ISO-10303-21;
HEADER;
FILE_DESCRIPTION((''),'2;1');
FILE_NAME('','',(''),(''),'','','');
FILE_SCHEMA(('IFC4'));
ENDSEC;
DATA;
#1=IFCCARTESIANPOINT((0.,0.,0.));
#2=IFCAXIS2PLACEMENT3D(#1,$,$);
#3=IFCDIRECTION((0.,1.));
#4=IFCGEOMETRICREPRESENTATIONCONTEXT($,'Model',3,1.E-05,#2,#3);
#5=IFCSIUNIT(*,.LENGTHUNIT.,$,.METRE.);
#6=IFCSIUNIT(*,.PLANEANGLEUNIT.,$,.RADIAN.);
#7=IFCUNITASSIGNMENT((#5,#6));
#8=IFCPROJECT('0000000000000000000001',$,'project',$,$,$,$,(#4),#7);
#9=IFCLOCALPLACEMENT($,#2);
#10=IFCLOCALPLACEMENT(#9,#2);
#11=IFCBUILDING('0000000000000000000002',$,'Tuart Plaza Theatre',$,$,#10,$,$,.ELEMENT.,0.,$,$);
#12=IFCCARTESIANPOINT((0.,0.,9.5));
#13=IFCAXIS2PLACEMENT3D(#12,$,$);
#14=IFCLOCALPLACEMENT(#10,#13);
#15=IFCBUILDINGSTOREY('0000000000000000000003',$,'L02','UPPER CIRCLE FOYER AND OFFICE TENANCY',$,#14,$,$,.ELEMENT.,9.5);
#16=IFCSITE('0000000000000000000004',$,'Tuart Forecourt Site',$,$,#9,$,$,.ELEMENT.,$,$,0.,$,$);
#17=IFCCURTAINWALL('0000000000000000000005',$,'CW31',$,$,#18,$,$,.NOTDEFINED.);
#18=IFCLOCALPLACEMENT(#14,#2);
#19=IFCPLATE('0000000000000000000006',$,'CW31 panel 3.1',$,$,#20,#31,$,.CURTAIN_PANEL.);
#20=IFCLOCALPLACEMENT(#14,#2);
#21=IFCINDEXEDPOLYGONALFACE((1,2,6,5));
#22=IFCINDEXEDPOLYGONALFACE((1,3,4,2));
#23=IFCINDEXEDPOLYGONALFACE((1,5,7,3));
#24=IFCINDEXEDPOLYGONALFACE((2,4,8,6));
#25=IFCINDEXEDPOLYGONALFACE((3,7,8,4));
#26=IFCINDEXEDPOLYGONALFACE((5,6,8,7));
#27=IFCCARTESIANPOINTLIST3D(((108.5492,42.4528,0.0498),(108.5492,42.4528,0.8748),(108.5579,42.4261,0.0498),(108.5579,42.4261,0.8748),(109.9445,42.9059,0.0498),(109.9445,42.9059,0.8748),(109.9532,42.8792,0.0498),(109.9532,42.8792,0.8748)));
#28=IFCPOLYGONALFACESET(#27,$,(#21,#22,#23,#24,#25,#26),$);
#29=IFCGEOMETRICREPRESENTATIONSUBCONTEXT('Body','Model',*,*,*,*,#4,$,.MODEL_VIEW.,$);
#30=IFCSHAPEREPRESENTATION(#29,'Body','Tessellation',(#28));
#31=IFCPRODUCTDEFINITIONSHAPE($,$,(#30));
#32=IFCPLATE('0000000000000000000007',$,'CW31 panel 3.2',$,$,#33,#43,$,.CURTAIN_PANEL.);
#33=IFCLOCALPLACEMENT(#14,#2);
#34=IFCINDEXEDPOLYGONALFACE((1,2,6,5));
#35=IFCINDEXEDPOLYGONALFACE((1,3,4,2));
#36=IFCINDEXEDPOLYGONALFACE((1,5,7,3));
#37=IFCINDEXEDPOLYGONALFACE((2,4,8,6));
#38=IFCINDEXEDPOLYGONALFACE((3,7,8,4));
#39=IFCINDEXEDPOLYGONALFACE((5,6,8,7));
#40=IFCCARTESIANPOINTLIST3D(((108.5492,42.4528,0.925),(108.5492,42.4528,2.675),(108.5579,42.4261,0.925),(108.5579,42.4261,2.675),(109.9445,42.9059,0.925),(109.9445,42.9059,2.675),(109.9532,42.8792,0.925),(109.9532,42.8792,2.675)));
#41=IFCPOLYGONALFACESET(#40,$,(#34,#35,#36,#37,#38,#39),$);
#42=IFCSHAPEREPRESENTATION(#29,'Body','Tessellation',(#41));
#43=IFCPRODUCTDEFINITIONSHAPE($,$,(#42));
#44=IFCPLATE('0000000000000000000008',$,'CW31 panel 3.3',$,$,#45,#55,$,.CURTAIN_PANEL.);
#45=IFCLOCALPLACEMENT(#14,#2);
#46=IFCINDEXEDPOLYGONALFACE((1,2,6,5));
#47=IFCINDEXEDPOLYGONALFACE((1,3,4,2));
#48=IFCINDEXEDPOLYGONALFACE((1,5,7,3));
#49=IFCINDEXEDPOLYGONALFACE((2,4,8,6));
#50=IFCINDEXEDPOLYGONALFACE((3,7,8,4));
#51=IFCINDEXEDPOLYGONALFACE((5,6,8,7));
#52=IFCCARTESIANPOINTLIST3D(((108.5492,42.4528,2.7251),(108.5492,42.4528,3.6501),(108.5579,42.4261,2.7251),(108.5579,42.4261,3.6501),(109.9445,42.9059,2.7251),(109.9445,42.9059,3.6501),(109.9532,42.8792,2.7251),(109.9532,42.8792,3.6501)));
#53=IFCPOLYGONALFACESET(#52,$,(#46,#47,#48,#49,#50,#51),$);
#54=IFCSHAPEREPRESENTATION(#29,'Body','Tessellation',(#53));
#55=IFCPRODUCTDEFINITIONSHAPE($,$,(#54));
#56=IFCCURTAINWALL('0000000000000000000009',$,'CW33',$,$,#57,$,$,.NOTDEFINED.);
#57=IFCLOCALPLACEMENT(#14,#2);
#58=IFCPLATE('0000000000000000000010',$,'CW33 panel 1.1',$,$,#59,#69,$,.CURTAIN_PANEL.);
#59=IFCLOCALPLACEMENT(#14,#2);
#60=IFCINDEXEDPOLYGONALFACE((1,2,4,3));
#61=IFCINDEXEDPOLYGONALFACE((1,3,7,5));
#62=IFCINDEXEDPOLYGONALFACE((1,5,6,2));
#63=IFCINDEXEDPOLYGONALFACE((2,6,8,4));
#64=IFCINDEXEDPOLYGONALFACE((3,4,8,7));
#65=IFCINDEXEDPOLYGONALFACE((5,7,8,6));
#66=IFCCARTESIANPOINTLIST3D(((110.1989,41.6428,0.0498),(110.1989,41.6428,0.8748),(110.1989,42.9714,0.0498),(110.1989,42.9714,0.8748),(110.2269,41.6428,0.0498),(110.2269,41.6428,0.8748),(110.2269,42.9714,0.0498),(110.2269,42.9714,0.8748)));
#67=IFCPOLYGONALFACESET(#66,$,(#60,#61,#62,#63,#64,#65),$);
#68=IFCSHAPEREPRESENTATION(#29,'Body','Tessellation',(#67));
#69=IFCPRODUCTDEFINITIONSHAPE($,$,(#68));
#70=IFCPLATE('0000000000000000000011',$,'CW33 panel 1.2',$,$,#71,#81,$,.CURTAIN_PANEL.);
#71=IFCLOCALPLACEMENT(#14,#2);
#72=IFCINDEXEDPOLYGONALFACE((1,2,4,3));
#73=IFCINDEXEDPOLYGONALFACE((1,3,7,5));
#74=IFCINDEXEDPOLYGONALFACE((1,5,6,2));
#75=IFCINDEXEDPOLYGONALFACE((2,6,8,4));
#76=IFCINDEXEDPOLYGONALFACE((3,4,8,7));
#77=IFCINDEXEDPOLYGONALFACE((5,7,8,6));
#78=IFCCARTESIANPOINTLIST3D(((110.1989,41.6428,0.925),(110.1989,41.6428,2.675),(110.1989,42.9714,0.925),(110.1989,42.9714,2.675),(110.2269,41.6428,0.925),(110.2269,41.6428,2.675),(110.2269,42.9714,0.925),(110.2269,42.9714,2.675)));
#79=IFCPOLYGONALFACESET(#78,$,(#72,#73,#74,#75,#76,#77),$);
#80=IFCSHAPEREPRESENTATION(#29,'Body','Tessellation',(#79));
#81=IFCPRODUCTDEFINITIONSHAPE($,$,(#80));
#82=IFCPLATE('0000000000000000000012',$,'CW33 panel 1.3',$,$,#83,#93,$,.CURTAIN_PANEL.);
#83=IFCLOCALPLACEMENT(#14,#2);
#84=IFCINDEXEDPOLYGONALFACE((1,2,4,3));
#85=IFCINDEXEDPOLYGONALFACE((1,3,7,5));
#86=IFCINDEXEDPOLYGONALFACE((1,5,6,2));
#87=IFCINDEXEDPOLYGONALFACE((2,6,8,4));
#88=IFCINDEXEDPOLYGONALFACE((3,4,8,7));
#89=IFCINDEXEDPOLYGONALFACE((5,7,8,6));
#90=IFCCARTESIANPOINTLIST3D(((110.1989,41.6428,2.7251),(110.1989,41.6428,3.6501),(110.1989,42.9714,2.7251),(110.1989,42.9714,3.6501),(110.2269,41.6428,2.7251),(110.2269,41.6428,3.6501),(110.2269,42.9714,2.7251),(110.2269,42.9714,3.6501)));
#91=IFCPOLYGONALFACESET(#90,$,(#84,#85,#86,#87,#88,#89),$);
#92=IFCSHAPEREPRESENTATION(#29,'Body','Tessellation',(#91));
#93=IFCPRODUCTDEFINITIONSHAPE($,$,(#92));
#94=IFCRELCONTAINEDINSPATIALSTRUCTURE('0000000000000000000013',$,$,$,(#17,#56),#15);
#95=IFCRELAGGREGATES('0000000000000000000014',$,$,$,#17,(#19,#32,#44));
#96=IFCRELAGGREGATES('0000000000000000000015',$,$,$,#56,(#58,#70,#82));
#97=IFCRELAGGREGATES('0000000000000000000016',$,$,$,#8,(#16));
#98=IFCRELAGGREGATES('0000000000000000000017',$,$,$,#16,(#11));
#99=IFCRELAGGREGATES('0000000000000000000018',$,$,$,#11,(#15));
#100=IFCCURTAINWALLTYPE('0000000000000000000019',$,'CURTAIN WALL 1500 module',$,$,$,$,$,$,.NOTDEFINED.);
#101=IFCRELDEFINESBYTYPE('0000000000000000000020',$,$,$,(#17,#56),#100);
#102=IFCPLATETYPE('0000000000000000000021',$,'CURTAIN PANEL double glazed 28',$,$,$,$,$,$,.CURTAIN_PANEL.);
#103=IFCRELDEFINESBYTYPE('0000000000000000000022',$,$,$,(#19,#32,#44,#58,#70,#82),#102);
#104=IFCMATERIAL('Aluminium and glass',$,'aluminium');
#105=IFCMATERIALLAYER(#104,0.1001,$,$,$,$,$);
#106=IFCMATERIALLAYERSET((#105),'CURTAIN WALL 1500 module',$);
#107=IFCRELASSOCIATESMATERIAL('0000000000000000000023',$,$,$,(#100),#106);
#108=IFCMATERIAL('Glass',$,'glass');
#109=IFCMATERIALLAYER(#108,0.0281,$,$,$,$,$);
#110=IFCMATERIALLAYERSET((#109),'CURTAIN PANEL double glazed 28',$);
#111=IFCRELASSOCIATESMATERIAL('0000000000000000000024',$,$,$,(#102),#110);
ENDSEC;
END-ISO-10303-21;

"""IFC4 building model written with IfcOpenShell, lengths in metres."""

from ifc_helpers import new_model, si_unit, direction, frame, origin, origin_2d, place, context, subcontext, project, spatial, rectangle, extrude, material, layer, layer_set, type_object, element, aggregate, save


model = new_model("IFC4")

# Units and contexts
model_context = context("Model", 3, precision=1e-05, world=origin(), true_north=direction((0.0, 1.0)))
body_context = subcontext(model_context, "Body", "Model", "MODEL_VIEW")
ifc_project = project(units=[si_unit("LENGTHUNIT", "METRE"), si_unit("PLANEANGLEUNIT", "RADIAN")], contexts=[model_context])

# Site, building, storey
site_placement = place(None, origin())
site = spatial("IfcSite", under=ifc_project, at=site_placement, Name="Tuart Forecourt Site", CompositionType="ELEMENT", RefElevation=0.0)
building_placement = place(site_placement, origin())
building = spatial("IfcBuilding", under=site, at=building_placement, Name="Tuart Plaza Theatre", CompositionType="ELEMENT", ElevationOfRefHeight=0.0)
storey_placement = place(building_placement, frame((0.0, 0.0, 9.5)))
storey = spatial("IfcBuildingStorey", under=building, at=storey_placement, Name="L02", Description="UPPER CIRCLE FOYER AND OFFICE TENANCY", CompositionType="ELEMENT", Elevation=9.5)

# Curtain wall
ifc_material_1 = material(Name="Aluminium and glass", Category="aluminium")
ifc_layer_1 = layer(ifc_material_1, 0.1001)
ifc_layer_set_1 = layer_set([ifc_layer_1], Name="CURTAIN WALL 1500 module")
curtain_wall_type = type_object("IfcCurtainWallType", Name="CURTAIN WALL 1500 module", PredefinedType="NOTDEFINED", material=ifc_layer_set_1)
curtain_wall_1_placement = place(storey_placement, origin())
curtain_wall_1 = element("IfcCurtainWall", 1, at=curtain_wall_1_placement, inside=storey, type_object=curtain_wall_type, Name="CW31", PredefinedType="NOTDEFINED")

# Plates
ifc_material_2 = material(Name="Glass", Category="glass")
ifc_layer_2 = layer(ifc_material_2, 0.0281)
ifc_layer_set_2 = layer_set([ifc_layer_2], Name="CURTAIN PANEL double glazed 28")
plate_type = type_object("IfcPlateType", Name="CURTAIN PANEL double glazed 28", PredefinedType="CURTAIN_PANEL", material=ifc_layer_set_2)
plate_1_placement = place(storey_placement, frame((109.2512, 42.666, 0.0498), z_axis=(0.0, 0.0, 1.0), x_axis=(0.951099, 0.308885, 0.0)))
plate_1 = element("IfcPlate", 2, at=plate_1_placement, type_object=plate_type, Name="CW31 panel 3.1", PredefinedType="CURTAIN_PANEL", context=body_context, shape_type="SweptSolid", body=[
    extrude(rectangle(XDim=1.467, YDim=0.0281, at=origin_2d()), origin(), (0.0, 0.0, 1.0), 0.825),
])
plate_2_placement = place(storey_placement, frame((109.2512, 42.666, 0.925), z_axis=(0.0, 0.0, 1.0), x_axis=(0.951099, 0.308885, 0.0)))
plate_2 = element("IfcPlate", 3, at=plate_2_placement, type_object=plate_type, Name="CW31 panel 3.2", PredefinedType="CURTAIN_PANEL", context=body_context, shape_type="SweptSolid", body=[
    extrude(rectangle(XDim=1.467, YDim=0.0281, at=origin_2d()), origin(), (0.0, 0.0, 1.0), 1.75),
])
plate_3_placement = place(storey_placement, frame((109.2512, 42.666, 2.7251), z_axis=(0.0, 0.0, 1.0), x_axis=(0.951099, 0.308885, 0.0)))
plate_3 = element("IfcPlate", 4, at=plate_3_placement, type_object=plate_type, Name="CW31 panel 3.3", PredefinedType="CURTAIN_PANEL", context=body_context, shape_type="SweptSolid", body=[
    extrude(rectangle(XDim=1.467, YDim=0.0281, at=origin_2d()), origin(), (0.0, 0.0, 1.0), 0.925),
])
aggregate(curtain_wall_1, [plate_1, plate_2, plate_3])

# Curtain wall, plates
curtain_wall_2_placement = place(storey_placement, origin())
curtain_wall_2 = element("IfcCurtainWall", 5, at=curtain_wall_2_placement, inside=storey, type_object=curtain_wall_type, Name="CW33", PredefinedType="NOTDEFINED")
plate_4_placement = place(storey_placement, frame((110.2129, 42.3071, 0.0498), z_axis=(0.0, 0.0, 1.0), x_axis=(0.0, 1.0, 0.0)))
plate_4 = element("IfcPlate", 6, at=plate_4_placement, type_object=plate_type, Name="CW33 panel 1.1", PredefinedType="CURTAIN_PANEL", context=body_context, shape_type="SweptSolid", body=[
    extrude(rectangle(XDim=1.3286, YDim=0.0281, at=origin_2d()), origin(), (0.0, 0.0, 1.0), 0.825),
])
plate_5_placement = place(storey_placement, frame((110.2129, 42.3071, 0.925), z_axis=(0.0, 0.0, 1.0), x_axis=(0.0, 1.0, 0.0)))
plate_5 = element("IfcPlate", 7, at=plate_5_placement, type_object=plate_type, Name="CW33 panel 1.2", PredefinedType="CURTAIN_PANEL", context=body_context, shape_type="SweptSolid", body=[
    extrude(rectangle(XDim=1.3286, YDim=0.0281, at=origin_2d()), origin(), (0.0, 0.0, 1.0), 1.75),
])
plate_6_placement = place(storey_placement, frame((110.2129, 42.3071, 2.7251), z_axis=(0.0, 0.0, 1.0), x_axis=(0.0, 1.0, 0.0)))
plate_6 = element("IfcPlate", 8, at=plate_6_placement, type_object=plate_type, Name="CW33 panel 1.3", PredefinedType="CURTAIN_PANEL", context=body_context, shape_type="SweptSolid", body=[
    extrude(rectangle(XDim=1.3286, YDim=0.0281, at=origin_2d()), origin(), (0.0, 0.0, 1.0), 0.925),
])
aggregate(curtain_wall_2, [plate_4, plate_5, plate_6])

save(model, "model.ifc")
